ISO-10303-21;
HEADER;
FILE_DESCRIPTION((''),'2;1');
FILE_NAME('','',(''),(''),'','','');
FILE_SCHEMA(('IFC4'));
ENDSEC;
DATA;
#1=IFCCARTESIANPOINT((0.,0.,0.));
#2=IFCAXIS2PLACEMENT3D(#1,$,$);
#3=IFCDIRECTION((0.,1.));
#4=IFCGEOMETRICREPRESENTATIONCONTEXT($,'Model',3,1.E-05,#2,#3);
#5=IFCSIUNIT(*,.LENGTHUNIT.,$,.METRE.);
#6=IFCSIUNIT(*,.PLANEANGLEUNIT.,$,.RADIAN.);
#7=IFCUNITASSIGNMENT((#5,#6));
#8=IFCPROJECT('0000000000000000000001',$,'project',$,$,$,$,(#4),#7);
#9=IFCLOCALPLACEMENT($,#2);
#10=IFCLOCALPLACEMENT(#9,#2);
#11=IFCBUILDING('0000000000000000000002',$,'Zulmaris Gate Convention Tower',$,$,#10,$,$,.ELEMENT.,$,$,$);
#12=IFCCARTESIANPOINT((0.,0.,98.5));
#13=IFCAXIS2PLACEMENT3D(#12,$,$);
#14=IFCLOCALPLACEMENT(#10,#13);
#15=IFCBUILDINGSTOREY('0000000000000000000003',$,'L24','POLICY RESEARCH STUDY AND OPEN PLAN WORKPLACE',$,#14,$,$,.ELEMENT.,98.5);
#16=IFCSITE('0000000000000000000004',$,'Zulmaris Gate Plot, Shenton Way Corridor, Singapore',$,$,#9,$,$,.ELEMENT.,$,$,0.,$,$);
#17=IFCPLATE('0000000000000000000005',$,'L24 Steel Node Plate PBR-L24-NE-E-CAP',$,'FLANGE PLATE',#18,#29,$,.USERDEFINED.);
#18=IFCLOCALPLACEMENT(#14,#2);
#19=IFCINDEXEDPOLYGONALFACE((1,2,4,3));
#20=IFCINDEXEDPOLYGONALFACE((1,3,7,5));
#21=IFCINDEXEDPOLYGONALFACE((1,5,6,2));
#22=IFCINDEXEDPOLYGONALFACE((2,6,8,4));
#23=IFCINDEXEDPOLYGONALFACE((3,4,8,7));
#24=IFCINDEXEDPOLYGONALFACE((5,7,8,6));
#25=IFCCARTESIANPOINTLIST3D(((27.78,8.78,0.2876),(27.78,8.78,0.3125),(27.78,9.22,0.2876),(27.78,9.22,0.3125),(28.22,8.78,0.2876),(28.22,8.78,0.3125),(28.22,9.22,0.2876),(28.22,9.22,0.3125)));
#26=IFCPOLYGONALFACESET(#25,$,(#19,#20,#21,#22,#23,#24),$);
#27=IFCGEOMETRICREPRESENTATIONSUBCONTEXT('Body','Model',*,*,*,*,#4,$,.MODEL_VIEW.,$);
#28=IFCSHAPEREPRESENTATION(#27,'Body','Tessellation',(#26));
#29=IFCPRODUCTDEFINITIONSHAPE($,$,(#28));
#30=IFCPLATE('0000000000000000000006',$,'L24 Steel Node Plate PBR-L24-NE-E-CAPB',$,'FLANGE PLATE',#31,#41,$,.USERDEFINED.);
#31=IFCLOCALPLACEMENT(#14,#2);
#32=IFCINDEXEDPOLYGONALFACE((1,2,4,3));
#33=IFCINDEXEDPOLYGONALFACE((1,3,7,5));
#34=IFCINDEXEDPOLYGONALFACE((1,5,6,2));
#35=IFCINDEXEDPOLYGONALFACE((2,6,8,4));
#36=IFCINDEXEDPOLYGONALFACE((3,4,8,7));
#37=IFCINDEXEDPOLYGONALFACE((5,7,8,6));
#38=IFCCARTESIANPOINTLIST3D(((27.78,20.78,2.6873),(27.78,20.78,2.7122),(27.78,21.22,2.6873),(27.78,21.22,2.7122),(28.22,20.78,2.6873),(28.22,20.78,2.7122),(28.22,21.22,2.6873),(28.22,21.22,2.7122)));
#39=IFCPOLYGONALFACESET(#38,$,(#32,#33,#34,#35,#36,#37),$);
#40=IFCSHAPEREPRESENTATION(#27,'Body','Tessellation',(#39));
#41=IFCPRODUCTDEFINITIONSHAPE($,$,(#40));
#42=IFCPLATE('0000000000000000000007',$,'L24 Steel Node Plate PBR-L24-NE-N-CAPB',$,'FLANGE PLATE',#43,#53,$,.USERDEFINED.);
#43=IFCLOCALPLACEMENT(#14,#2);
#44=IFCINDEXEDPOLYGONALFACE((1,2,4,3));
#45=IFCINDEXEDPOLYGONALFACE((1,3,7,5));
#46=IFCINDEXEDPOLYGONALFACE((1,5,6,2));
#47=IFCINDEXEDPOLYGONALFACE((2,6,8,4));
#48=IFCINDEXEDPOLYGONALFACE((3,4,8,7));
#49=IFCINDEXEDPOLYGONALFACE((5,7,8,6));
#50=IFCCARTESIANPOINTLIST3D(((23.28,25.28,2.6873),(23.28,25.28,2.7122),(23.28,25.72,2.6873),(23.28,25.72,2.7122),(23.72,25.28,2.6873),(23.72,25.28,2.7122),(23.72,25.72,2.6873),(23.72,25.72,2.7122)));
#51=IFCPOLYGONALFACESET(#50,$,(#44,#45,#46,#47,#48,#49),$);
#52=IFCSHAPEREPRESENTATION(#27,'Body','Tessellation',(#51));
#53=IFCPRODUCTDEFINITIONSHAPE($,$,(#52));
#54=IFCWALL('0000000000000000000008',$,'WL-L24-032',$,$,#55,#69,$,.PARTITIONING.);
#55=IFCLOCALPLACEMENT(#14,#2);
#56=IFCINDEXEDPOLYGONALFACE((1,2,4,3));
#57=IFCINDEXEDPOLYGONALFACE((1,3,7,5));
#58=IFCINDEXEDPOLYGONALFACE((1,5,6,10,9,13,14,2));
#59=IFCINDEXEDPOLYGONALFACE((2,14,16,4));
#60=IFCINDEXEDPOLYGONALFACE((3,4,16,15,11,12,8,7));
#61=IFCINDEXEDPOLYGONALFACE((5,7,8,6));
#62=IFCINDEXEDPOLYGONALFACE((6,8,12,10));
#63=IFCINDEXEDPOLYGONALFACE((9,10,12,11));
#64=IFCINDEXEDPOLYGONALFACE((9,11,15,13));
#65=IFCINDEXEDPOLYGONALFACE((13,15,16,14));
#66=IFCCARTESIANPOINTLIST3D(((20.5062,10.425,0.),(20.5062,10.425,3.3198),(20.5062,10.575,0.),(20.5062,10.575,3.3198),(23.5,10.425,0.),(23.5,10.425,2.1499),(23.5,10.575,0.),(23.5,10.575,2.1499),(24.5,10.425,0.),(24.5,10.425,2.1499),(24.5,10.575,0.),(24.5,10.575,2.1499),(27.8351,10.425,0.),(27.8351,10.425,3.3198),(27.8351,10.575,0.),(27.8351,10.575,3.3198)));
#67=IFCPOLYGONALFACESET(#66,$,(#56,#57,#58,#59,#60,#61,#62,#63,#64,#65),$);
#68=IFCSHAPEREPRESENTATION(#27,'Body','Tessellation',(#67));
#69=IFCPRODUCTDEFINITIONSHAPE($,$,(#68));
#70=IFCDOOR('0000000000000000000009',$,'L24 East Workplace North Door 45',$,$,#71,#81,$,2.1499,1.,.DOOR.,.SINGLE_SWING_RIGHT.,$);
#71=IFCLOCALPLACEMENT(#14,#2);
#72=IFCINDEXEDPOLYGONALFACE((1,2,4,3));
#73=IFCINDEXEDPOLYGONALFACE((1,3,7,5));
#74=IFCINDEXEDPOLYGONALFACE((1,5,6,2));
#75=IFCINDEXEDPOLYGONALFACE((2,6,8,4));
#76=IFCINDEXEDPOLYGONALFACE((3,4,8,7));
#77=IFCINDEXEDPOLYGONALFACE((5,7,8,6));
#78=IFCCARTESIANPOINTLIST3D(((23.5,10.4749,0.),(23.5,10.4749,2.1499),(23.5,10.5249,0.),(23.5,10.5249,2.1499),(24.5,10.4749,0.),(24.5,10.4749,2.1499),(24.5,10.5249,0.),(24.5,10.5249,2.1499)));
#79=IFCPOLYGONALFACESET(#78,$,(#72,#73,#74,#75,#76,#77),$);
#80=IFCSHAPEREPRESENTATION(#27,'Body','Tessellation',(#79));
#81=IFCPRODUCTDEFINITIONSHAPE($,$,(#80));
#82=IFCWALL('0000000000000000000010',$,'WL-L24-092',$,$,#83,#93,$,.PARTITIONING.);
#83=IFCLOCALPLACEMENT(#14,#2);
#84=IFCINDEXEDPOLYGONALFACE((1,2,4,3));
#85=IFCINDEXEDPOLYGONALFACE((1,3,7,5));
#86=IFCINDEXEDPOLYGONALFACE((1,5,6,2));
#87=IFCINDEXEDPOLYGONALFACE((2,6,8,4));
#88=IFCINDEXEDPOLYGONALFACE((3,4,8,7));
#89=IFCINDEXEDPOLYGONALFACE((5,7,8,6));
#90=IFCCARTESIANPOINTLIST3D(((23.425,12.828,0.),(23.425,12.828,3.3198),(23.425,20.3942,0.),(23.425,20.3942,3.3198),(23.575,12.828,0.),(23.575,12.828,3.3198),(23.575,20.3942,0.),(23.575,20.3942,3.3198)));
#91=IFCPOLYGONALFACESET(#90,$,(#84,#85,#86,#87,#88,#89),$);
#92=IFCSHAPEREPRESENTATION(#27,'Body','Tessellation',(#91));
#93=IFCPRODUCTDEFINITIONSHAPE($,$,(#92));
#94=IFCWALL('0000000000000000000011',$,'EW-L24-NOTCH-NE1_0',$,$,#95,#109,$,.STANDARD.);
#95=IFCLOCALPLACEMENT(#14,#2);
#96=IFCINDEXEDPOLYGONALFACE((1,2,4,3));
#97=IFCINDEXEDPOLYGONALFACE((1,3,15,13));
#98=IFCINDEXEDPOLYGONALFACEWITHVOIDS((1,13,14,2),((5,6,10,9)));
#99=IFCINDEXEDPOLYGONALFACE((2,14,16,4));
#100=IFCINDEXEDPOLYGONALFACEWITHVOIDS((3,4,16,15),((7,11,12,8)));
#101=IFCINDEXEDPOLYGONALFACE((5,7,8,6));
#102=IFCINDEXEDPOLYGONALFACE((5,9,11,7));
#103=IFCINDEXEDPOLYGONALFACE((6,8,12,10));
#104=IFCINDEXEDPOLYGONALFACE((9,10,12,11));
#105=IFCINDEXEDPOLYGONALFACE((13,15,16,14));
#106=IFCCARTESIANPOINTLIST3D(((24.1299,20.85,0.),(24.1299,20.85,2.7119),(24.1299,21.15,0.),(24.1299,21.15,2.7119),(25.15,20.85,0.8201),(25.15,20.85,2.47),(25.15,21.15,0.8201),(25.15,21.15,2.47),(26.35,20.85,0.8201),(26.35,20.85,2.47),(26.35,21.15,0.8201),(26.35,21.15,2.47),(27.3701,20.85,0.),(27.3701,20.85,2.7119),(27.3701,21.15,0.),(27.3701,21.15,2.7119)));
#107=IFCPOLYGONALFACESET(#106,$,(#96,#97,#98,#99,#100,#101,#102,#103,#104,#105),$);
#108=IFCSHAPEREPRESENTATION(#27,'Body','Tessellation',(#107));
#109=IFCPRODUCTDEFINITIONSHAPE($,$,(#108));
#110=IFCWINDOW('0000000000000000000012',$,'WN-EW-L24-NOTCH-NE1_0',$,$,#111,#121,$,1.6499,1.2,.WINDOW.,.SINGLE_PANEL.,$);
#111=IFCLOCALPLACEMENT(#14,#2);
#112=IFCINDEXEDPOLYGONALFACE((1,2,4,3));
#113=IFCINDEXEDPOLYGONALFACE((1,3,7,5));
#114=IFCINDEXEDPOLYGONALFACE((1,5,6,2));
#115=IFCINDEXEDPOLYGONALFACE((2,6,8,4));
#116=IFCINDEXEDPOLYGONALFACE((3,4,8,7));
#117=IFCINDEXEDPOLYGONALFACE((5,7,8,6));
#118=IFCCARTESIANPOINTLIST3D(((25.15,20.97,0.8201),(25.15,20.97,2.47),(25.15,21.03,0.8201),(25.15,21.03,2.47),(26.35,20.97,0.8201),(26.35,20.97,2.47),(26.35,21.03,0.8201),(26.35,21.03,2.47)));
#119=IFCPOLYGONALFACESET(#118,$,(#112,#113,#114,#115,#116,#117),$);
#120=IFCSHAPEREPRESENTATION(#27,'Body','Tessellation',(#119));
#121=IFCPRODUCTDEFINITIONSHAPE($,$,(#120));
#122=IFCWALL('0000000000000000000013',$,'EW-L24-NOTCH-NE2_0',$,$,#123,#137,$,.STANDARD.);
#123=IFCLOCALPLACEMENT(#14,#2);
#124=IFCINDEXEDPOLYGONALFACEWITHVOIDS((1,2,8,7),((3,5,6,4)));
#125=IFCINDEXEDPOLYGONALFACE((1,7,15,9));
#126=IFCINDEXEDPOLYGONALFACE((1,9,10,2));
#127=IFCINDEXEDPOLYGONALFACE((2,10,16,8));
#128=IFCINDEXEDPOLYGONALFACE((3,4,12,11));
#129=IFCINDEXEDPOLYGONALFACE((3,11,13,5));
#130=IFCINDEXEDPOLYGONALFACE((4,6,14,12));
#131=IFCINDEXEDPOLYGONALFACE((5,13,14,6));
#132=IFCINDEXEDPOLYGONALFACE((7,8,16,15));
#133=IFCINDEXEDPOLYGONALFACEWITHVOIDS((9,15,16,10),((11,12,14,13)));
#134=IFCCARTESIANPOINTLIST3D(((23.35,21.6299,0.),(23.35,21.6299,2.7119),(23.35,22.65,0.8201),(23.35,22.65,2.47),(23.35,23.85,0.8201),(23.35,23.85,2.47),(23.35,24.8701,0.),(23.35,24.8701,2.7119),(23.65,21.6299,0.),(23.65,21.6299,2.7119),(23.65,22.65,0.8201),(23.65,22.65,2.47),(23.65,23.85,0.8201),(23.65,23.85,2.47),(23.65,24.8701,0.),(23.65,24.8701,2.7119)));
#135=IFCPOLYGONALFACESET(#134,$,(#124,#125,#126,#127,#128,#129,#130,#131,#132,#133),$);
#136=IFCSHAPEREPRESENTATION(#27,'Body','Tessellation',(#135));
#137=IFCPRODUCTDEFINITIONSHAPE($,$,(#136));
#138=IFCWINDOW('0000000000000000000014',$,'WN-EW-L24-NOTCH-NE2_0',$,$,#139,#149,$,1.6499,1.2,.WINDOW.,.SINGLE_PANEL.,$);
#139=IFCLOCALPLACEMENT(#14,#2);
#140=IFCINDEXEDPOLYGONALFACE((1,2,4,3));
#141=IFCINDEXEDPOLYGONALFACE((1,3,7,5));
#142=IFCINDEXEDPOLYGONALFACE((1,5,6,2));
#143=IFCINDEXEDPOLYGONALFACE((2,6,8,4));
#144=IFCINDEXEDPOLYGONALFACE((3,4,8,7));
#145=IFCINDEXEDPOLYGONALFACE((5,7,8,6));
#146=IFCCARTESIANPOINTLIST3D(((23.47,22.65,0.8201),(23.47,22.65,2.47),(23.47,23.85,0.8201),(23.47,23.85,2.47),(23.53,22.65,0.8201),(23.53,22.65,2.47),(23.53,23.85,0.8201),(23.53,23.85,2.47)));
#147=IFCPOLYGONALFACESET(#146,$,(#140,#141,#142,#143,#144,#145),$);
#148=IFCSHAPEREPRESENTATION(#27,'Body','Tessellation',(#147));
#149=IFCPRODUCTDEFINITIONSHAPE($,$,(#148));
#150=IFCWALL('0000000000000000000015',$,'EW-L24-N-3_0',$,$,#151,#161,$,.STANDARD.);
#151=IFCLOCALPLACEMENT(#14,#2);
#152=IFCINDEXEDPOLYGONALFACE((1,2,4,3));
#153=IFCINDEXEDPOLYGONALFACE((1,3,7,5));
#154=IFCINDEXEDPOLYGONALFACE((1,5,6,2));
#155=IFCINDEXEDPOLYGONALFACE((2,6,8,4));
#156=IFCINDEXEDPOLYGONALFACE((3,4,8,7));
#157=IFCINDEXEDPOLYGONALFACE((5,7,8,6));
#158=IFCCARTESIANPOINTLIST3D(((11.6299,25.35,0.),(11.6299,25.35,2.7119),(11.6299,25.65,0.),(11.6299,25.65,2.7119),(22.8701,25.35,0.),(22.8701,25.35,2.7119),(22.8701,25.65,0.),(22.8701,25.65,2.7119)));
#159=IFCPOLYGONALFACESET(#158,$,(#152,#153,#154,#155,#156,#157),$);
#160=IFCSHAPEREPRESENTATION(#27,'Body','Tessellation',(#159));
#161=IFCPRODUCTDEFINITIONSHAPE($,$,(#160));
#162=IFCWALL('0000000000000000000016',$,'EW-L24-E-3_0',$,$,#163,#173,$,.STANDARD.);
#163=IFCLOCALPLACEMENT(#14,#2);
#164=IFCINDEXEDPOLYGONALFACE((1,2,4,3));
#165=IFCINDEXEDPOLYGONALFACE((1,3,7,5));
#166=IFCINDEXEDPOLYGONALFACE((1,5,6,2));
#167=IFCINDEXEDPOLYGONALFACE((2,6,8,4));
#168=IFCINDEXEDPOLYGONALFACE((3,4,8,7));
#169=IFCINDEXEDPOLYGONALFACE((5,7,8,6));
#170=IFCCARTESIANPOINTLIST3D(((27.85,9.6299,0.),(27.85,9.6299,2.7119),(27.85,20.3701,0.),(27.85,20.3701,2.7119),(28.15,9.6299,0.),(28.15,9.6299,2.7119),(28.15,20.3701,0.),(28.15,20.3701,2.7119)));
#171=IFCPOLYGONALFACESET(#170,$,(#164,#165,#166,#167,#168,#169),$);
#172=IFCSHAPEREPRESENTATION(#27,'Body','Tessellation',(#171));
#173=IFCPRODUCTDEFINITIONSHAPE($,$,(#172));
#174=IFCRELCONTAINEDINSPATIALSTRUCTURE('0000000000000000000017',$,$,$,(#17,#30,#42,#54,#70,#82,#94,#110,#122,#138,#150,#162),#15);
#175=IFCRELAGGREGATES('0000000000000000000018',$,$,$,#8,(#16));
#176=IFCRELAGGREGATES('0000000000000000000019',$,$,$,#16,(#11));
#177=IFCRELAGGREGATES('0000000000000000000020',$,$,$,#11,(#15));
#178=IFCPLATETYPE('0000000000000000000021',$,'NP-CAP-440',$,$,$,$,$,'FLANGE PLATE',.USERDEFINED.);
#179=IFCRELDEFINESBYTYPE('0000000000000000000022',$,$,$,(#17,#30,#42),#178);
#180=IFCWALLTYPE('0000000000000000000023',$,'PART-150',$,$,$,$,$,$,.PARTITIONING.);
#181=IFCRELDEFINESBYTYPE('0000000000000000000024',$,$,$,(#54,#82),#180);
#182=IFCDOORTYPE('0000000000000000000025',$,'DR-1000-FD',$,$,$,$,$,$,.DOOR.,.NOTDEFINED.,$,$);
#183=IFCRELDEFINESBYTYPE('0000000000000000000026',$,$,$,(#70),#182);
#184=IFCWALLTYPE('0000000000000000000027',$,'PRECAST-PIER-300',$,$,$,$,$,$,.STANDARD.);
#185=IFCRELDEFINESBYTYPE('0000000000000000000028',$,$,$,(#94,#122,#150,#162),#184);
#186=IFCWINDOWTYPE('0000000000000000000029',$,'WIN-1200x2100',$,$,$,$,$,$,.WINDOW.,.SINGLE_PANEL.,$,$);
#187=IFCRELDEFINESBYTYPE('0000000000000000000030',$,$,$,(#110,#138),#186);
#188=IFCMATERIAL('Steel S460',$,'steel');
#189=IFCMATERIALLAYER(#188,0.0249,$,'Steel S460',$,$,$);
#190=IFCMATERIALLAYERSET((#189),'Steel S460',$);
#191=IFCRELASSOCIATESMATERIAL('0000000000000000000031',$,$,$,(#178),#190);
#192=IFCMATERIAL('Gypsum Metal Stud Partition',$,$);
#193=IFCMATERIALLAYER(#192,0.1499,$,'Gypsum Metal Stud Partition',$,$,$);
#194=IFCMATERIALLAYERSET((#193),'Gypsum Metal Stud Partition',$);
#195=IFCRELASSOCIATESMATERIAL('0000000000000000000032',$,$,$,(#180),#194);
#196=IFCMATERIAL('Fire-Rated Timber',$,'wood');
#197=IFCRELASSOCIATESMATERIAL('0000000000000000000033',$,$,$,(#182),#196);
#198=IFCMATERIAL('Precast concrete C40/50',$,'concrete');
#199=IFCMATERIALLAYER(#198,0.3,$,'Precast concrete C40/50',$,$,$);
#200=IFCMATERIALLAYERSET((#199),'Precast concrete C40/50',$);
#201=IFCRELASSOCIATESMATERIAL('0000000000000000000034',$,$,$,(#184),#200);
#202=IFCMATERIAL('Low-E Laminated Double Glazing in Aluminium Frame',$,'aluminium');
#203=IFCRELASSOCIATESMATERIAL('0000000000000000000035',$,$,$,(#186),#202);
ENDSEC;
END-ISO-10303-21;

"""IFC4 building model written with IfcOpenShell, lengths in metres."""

from ifc_helpers import new_model, si_unit, direction, frame, frame_2d, origin, origin_2d, place, context, subcontext, project, spatial, rectangle, extrude, material, layer, layer_set, type_object, element, fill, save


model = new_model("IFC4")

# Units and contexts
model_context = context("Model", 3, precision=1e-05, world=origin(), true_north=direction((0.0, 1.0)))
body_context = subcontext(model_context, "Body", "Model", "MODEL_VIEW")
ifc_project = project(units=[si_unit("LENGTHUNIT", "METRE"), si_unit("PLANEANGLEUNIT", "RADIAN")], contexts=[model_context])

# Site, building, storey
site_placement = place(None, origin())
site = spatial("IfcSite", under=ifc_project, at=site_placement, Name="Zulmaris Gate Plot, Shenton Way Corridor, Singapore", CompositionType="ELEMENT", RefElevation=0.0)
building_placement = place(site_placement, origin())
building = spatial("IfcBuilding", under=site, at=building_placement, Name="Zulmaris Gate Convention Tower", CompositionType="ELEMENT")
storey_placement = place(building_placement, frame((0.0, 0.0, 98.5)))
storey = spatial("IfcBuildingStorey", under=building, at=storey_placement, Name="L24", Description="POLICY RESEARCH STUDY AND OPEN PLAN WORKPLACE", CompositionType="ELEMENT", Elevation=98.5)

# Shared definitions
ifc_material_1 = material(Name="Steel S460", Category="steel")

# Plates
ifc_layer_1 = layer(ifc_material_1, 0.0249, Name="Steel S460")
ifc_layer_set_1 = layer_set([ifc_layer_1], Name="Steel S460")
plate_type = type_object("IfcPlateType", Name="NP-CAP-440", ElementType="FLANGE PLATE", PredefinedType="USERDEFINED", material=ifc_layer_set_1)
for number, where, z_axis, x_axis, name in (
    (1, (28.0, 9.0, 0.2876), (0.0, 0.0, 1.0), (1.0, 0.0, 0.0), "L24 Steel Node Plate PBR-L24-NE-E-CAP"),
    (2, (28.0, 21.0, 2.6873), (0.0, 0.0, 1.0), (1.0, 0.0, 0.0), "L24 Steel Node Plate PBR-L24-NE-E-CAPB"),
    (3, (23.5, 25.5, 2.6873), (0.0, 0.0, 1.0), (1.0, 0.0, 0.0), "L24 Steel Node Plate PBR-L24-NE-N-CAPB"),
):
    element("IfcPlate", number, at=place(storey_placement, frame(where, z_axis=z_axis, x_axis=x_axis)), inside=storey, type_object=plate_type, Name=name, ObjectType="FLANGE PLATE", PredefinedType="USERDEFINED", context=body_context, shape_type="SweptSolid", body=[
        extrude(rectangle(XDim=0.4399, YDim=0.4399, at=origin_2d()), origin(), (0.0, 0.0, 1.0), 0.0249),
    ])

# Wall, opening, door
ifc_material_2 = material(Name="Gypsum Metal Stud Partition")
ifc_layer_2 = layer(ifc_material_2, 0.1499, Name="Gypsum Metal Stud Partition")
ifc_layer_set_2 = layer_set([ifc_layer_2], Name="Gypsum Metal Stud Partition")
wall_type_1 = type_object("IfcWallType", Name="PART-150", PredefinedType="PARTITIONING", material=ifc_layer_set_2)
wall_1_placement = place(storey_placement, frame((20.5061, 10.5, 0.0), z_axis=(0.0, 0.0, 1.0), x_axis=(1.0, 0.0, 0.0)))
wall_1 = element("IfcWall", 4, at=wall_1_placement, inside=storey, type_object=wall_type_1, Name="WL-L24-032", PredefinedType="PARTITIONING", context=body_context, shape_type="SweptSolid", body=[
    extrude(rectangle(XDim=7.3289, YDim=0.1499, at=frame_2d((3.6646, 0.0))), origin(), (0.0, 0.0, 1.0), 3.3198),
])
opening_1_placement = place(wall_1_placement, frame((2.9939, 0.0, 0.0)))
opening_1 = element("IfcOpeningElement", 5, at=opening_1_placement, cuts=wall_1, PredefinedType="OPENING", context=body_context, shape_type="SweptSolid", body=[
    extrude(rectangle(XDim=1.0, YDim=2.1499, at=frame_2d((0.5, 1.075))), frame((0.0, 0.085, 0.0), z_axis=(0.0, -1.0, 0.0), x_axis=(1.0, 0.0, 0.0)), (0.0, 0.0, 1.0), 0.1699),
])
ifc_material_3 = material(Name="Fire-Rated Timber", Category="wood")
door_type_1 = type_object("IfcDoorType", Name="DR-1000-FD", OperationType="NOTDEFINED", PredefinedType="DOOR", material=ifc_material_3)
door_1_placement = place(opening_1_placement, origin())
door_1 = element("IfcDoor", 6, at=door_1_placement, inside=storey, type_object=door_type_1, Name="L24 East Workplace North Door 45", OperationType="SINGLE_SWING_RIGHT", OverallHeight=2.1499, OverallWidth=1.0, PredefinedType="DOOR", context=body_context, shape_type="SweptSolid", body=[
    extrude(rectangle(XDim=1.0, YDim=2.1499, at=frame_2d((0.5, 1.075))), frame((0.0, 0.0249, 0.0), z_axis=(0.0, -1.0, 0.0), x_axis=(1.0, 0.0, 0.0)), (0.0, 0.0, 1.0), 0.05),
])
fill(opening_1, door_1)

# Wall
wall_2_placement = place(storey_placement, frame((23.5, 12.8279, 0.0), z_axis=(0.0, 0.0, 1.0), x_axis=(0.0, 1.0, 0.0)))
element("IfcWall", 7, at=wall_2_placement, inside=storey, type_object=wall_type_1, Name="WL-L24-092", PredefinedType="PARTITIONING", context=body_context, shape_type="SweptSolid", body=[
    extrude(rectangle(XDim=7.5662, YDim=0.1499, at=frame_2d((3.7832, 0.0))), origin(), (0.0, 0.0, 1.0), 3.3198),
])

# Walls, openings, windows
ifc_material_4 = material(Name="Precast concrete C40/50", Category="concrete")
ifc_layer_3 = layer(ifc_material_4, 0.3, Name="Precast concrete C40/50")
ifc_layer_set_3 = layer_set([ifc_layer_3], Name="Precast concrete C40/50")
wall_type_2 = type_object("IfcWallType", Name="PRECAST-PIER-300", PredefinedType="STANDARD", material=ifc_layer_set_3)
wall_3_placement = place(storey_placement, frame((27.3701, 21.0, 0.0), z_axis=(0.0, 0.0, 1.0), x_axis=(-1.0, 0.0, 0.0)))
wall_3 = element("IfcWall", 8, at=wall_3_placement, inside=storey, type_object=wall_type_2, Name="EW-L24-NOTCH-NE1_0", PredefinedType="STANDARD", context=body_context, shape_type="SweptSolid", body=[
    extrude(rectangle(XDim=3.2402, YDim=0.3, at=frame_2d((1.6201, 0.0))), origin(), (0.0, 0.0, 1.0), 2.7119),
])
opening_2_placement = place(wall_3_placement, frame((1.02, 0.0, 0.8201)))
opening_2 = element("IfcOpeningElement", 9, at=opening_2_placement, cuts=wall_3, PredefinedType="OPENING", context=body_context, shape_type="SweptSolid", body=[
    extrude(rectangle(XDim=1.2, YDim=1.6499, at=frame_2d((0.6001, 0.825))), frame((0.0, 0.1602, 0.0), z_axis=(0.0, -1.0, 0.0), x_axis=(1.0, 0.0, 0.0)), (0.0, 0.0, 1.0), 0.3201),
])
ifc_material_5 = material(Name="Low-E Laminated Double Glazing in Aluminium Frame", Category="aluminium")
window_type = type_object("IfcWindowType", Name="WIN-1200x2100", PartitioningType="SINGLE_PANEL", PredefinedType="WINDOW", material=ifc_material_5)
window_1_placement = place(opening_2_placement, origin())
window_1 = element("IfcWindow", 10, at=window_1_placement, inside=storey, type_object=window_type, Name="WN-EW-L24-NOTCH-NE1_0", OverallHeight=1.6499, OverallWidth=1.2, PartitioningType="SINGLE_PANEL", PredefinedType="WINDOW", context=body_context, shape_type="SweptSolid", body=[
    extrude(rectangle(XDim=1.2, YDim=1.6499, at=frame_2d((0.6001, 0.825))), frame((0.0, 0.03, 0.0), z_axis=(0.0, -1.0, 0.0), x_axis=(1.0, 0.0, 0.0)), (0.0, 0.0, 1.0), 0.0601),
])
fill(opening_2, window_1)
wall_4_placement = place(storey_placement, frame((23.5, 21.6299, 0.0), z_axis=(0.0, 0.0, 1.0), x_axis=(0.0, 1.0, 0.0)))
wall_4 = element("IfcWall", 11, at=wall_4_placement, inside=storey, type_object=wall_type_2, Name="EW-L24-NOTCH-NE2_0", PredefinedType="STANDARD", context=body_context, shape_type="SweptSolid", body=[
    extrude(rectangle(XDim=3.2402, YDim=0.3, at=frame_2d((1.6201, 0.0))), origin(), (0.0, 0.0, 1.0), 2.7119),
])
opening_3_placement = place(wall_4_placement, frame((1.02, 0.0, 0.8201)))
opening_3 = element("IfcOpeningElement", 12, at=opening_3_placement, cuts=wall_4, PredefinedType="OPENING", context=body_context, shape_type="SweptSolid", body=[
    extrude(rectangle(XDim=1.2, YDim=1.6499, at=frame_2d((0.6001, 0.825))), frame((0.0, 0.1602, 0.0), z_axis=(0.0, -1.0, 0.0), x_axis=(1.0, 0.0, 0.0)), (0.0, 0.0, 1.0), 0.3201),
])
window_2_placement = place(opening_3_placement, origin())
window_2 = element("IfcWindow", 13, at=window_2_placement, inside=storey, type_object=window_type, Name="WN-EW-L24-NOTCH-NE2_0", OverallHeight=1.6499, OverallWidth=1.2, PartitioningType="SINGLE_PANEL", PredefinedType="WINDOW", context=body_context, shape_type="SweptSolid", body=[
    extrude(rectangle(XDim=1.2, YDim=1.6499, at=frame_2d((0.6001, 0.825))), frame((0.0, 0.03, 0.0), z_axis=(0.0, -1.0, 0.0), x_axis=(1.0, 0.0, 0.0)), (0.0, 0.0, 1.0), 0.0601),
])
fill(opening_3, window_2)

# Walls
wall_5_placement = place(storey_placement, frame((22.8701, 25.5, 0.0), z_axis=(0.0, 0.0, 1.0), x_axis=(-1.0, 0.0, 0.0)))
element("IfcWall", 14, at=wall_5_placement, inside=storey, type_object=wall_type_2, Name="EW-L24-N-3_0", PredefinedType="STANDARD", context=body_context, shape_type="SweptSolid", body=[
    extrude(rectangle(XDim=11.2402, YDim=0.3, at=frame_2d((5.6201, 0.0))), origin(), (0.0, 0.0, 1.0), 2.7119),
])
wall_6_placement = place(storey_placement, frame((28.0, 9.6299, 0.0), z_axis=(0.0, 0.0, 1.0), x_axis=(0.0, 1.0, 0.0)))
element("IfcWall", 15, at=wall_6_placement, inside=storey, type_object=wall_type_2, Name="EW-L24-E-3_0", PredefinedType="STANDARD", context=body_context, shape_type="SweptSolid", body=[
    extrude(rectangle(XDim=10.7402, YDim=0.3, at=frame_2d((5.3701, 0.0))), origin(), (0.0, 0.0, 1.0), 2.7119),
])

save(model, "model.ifc")
